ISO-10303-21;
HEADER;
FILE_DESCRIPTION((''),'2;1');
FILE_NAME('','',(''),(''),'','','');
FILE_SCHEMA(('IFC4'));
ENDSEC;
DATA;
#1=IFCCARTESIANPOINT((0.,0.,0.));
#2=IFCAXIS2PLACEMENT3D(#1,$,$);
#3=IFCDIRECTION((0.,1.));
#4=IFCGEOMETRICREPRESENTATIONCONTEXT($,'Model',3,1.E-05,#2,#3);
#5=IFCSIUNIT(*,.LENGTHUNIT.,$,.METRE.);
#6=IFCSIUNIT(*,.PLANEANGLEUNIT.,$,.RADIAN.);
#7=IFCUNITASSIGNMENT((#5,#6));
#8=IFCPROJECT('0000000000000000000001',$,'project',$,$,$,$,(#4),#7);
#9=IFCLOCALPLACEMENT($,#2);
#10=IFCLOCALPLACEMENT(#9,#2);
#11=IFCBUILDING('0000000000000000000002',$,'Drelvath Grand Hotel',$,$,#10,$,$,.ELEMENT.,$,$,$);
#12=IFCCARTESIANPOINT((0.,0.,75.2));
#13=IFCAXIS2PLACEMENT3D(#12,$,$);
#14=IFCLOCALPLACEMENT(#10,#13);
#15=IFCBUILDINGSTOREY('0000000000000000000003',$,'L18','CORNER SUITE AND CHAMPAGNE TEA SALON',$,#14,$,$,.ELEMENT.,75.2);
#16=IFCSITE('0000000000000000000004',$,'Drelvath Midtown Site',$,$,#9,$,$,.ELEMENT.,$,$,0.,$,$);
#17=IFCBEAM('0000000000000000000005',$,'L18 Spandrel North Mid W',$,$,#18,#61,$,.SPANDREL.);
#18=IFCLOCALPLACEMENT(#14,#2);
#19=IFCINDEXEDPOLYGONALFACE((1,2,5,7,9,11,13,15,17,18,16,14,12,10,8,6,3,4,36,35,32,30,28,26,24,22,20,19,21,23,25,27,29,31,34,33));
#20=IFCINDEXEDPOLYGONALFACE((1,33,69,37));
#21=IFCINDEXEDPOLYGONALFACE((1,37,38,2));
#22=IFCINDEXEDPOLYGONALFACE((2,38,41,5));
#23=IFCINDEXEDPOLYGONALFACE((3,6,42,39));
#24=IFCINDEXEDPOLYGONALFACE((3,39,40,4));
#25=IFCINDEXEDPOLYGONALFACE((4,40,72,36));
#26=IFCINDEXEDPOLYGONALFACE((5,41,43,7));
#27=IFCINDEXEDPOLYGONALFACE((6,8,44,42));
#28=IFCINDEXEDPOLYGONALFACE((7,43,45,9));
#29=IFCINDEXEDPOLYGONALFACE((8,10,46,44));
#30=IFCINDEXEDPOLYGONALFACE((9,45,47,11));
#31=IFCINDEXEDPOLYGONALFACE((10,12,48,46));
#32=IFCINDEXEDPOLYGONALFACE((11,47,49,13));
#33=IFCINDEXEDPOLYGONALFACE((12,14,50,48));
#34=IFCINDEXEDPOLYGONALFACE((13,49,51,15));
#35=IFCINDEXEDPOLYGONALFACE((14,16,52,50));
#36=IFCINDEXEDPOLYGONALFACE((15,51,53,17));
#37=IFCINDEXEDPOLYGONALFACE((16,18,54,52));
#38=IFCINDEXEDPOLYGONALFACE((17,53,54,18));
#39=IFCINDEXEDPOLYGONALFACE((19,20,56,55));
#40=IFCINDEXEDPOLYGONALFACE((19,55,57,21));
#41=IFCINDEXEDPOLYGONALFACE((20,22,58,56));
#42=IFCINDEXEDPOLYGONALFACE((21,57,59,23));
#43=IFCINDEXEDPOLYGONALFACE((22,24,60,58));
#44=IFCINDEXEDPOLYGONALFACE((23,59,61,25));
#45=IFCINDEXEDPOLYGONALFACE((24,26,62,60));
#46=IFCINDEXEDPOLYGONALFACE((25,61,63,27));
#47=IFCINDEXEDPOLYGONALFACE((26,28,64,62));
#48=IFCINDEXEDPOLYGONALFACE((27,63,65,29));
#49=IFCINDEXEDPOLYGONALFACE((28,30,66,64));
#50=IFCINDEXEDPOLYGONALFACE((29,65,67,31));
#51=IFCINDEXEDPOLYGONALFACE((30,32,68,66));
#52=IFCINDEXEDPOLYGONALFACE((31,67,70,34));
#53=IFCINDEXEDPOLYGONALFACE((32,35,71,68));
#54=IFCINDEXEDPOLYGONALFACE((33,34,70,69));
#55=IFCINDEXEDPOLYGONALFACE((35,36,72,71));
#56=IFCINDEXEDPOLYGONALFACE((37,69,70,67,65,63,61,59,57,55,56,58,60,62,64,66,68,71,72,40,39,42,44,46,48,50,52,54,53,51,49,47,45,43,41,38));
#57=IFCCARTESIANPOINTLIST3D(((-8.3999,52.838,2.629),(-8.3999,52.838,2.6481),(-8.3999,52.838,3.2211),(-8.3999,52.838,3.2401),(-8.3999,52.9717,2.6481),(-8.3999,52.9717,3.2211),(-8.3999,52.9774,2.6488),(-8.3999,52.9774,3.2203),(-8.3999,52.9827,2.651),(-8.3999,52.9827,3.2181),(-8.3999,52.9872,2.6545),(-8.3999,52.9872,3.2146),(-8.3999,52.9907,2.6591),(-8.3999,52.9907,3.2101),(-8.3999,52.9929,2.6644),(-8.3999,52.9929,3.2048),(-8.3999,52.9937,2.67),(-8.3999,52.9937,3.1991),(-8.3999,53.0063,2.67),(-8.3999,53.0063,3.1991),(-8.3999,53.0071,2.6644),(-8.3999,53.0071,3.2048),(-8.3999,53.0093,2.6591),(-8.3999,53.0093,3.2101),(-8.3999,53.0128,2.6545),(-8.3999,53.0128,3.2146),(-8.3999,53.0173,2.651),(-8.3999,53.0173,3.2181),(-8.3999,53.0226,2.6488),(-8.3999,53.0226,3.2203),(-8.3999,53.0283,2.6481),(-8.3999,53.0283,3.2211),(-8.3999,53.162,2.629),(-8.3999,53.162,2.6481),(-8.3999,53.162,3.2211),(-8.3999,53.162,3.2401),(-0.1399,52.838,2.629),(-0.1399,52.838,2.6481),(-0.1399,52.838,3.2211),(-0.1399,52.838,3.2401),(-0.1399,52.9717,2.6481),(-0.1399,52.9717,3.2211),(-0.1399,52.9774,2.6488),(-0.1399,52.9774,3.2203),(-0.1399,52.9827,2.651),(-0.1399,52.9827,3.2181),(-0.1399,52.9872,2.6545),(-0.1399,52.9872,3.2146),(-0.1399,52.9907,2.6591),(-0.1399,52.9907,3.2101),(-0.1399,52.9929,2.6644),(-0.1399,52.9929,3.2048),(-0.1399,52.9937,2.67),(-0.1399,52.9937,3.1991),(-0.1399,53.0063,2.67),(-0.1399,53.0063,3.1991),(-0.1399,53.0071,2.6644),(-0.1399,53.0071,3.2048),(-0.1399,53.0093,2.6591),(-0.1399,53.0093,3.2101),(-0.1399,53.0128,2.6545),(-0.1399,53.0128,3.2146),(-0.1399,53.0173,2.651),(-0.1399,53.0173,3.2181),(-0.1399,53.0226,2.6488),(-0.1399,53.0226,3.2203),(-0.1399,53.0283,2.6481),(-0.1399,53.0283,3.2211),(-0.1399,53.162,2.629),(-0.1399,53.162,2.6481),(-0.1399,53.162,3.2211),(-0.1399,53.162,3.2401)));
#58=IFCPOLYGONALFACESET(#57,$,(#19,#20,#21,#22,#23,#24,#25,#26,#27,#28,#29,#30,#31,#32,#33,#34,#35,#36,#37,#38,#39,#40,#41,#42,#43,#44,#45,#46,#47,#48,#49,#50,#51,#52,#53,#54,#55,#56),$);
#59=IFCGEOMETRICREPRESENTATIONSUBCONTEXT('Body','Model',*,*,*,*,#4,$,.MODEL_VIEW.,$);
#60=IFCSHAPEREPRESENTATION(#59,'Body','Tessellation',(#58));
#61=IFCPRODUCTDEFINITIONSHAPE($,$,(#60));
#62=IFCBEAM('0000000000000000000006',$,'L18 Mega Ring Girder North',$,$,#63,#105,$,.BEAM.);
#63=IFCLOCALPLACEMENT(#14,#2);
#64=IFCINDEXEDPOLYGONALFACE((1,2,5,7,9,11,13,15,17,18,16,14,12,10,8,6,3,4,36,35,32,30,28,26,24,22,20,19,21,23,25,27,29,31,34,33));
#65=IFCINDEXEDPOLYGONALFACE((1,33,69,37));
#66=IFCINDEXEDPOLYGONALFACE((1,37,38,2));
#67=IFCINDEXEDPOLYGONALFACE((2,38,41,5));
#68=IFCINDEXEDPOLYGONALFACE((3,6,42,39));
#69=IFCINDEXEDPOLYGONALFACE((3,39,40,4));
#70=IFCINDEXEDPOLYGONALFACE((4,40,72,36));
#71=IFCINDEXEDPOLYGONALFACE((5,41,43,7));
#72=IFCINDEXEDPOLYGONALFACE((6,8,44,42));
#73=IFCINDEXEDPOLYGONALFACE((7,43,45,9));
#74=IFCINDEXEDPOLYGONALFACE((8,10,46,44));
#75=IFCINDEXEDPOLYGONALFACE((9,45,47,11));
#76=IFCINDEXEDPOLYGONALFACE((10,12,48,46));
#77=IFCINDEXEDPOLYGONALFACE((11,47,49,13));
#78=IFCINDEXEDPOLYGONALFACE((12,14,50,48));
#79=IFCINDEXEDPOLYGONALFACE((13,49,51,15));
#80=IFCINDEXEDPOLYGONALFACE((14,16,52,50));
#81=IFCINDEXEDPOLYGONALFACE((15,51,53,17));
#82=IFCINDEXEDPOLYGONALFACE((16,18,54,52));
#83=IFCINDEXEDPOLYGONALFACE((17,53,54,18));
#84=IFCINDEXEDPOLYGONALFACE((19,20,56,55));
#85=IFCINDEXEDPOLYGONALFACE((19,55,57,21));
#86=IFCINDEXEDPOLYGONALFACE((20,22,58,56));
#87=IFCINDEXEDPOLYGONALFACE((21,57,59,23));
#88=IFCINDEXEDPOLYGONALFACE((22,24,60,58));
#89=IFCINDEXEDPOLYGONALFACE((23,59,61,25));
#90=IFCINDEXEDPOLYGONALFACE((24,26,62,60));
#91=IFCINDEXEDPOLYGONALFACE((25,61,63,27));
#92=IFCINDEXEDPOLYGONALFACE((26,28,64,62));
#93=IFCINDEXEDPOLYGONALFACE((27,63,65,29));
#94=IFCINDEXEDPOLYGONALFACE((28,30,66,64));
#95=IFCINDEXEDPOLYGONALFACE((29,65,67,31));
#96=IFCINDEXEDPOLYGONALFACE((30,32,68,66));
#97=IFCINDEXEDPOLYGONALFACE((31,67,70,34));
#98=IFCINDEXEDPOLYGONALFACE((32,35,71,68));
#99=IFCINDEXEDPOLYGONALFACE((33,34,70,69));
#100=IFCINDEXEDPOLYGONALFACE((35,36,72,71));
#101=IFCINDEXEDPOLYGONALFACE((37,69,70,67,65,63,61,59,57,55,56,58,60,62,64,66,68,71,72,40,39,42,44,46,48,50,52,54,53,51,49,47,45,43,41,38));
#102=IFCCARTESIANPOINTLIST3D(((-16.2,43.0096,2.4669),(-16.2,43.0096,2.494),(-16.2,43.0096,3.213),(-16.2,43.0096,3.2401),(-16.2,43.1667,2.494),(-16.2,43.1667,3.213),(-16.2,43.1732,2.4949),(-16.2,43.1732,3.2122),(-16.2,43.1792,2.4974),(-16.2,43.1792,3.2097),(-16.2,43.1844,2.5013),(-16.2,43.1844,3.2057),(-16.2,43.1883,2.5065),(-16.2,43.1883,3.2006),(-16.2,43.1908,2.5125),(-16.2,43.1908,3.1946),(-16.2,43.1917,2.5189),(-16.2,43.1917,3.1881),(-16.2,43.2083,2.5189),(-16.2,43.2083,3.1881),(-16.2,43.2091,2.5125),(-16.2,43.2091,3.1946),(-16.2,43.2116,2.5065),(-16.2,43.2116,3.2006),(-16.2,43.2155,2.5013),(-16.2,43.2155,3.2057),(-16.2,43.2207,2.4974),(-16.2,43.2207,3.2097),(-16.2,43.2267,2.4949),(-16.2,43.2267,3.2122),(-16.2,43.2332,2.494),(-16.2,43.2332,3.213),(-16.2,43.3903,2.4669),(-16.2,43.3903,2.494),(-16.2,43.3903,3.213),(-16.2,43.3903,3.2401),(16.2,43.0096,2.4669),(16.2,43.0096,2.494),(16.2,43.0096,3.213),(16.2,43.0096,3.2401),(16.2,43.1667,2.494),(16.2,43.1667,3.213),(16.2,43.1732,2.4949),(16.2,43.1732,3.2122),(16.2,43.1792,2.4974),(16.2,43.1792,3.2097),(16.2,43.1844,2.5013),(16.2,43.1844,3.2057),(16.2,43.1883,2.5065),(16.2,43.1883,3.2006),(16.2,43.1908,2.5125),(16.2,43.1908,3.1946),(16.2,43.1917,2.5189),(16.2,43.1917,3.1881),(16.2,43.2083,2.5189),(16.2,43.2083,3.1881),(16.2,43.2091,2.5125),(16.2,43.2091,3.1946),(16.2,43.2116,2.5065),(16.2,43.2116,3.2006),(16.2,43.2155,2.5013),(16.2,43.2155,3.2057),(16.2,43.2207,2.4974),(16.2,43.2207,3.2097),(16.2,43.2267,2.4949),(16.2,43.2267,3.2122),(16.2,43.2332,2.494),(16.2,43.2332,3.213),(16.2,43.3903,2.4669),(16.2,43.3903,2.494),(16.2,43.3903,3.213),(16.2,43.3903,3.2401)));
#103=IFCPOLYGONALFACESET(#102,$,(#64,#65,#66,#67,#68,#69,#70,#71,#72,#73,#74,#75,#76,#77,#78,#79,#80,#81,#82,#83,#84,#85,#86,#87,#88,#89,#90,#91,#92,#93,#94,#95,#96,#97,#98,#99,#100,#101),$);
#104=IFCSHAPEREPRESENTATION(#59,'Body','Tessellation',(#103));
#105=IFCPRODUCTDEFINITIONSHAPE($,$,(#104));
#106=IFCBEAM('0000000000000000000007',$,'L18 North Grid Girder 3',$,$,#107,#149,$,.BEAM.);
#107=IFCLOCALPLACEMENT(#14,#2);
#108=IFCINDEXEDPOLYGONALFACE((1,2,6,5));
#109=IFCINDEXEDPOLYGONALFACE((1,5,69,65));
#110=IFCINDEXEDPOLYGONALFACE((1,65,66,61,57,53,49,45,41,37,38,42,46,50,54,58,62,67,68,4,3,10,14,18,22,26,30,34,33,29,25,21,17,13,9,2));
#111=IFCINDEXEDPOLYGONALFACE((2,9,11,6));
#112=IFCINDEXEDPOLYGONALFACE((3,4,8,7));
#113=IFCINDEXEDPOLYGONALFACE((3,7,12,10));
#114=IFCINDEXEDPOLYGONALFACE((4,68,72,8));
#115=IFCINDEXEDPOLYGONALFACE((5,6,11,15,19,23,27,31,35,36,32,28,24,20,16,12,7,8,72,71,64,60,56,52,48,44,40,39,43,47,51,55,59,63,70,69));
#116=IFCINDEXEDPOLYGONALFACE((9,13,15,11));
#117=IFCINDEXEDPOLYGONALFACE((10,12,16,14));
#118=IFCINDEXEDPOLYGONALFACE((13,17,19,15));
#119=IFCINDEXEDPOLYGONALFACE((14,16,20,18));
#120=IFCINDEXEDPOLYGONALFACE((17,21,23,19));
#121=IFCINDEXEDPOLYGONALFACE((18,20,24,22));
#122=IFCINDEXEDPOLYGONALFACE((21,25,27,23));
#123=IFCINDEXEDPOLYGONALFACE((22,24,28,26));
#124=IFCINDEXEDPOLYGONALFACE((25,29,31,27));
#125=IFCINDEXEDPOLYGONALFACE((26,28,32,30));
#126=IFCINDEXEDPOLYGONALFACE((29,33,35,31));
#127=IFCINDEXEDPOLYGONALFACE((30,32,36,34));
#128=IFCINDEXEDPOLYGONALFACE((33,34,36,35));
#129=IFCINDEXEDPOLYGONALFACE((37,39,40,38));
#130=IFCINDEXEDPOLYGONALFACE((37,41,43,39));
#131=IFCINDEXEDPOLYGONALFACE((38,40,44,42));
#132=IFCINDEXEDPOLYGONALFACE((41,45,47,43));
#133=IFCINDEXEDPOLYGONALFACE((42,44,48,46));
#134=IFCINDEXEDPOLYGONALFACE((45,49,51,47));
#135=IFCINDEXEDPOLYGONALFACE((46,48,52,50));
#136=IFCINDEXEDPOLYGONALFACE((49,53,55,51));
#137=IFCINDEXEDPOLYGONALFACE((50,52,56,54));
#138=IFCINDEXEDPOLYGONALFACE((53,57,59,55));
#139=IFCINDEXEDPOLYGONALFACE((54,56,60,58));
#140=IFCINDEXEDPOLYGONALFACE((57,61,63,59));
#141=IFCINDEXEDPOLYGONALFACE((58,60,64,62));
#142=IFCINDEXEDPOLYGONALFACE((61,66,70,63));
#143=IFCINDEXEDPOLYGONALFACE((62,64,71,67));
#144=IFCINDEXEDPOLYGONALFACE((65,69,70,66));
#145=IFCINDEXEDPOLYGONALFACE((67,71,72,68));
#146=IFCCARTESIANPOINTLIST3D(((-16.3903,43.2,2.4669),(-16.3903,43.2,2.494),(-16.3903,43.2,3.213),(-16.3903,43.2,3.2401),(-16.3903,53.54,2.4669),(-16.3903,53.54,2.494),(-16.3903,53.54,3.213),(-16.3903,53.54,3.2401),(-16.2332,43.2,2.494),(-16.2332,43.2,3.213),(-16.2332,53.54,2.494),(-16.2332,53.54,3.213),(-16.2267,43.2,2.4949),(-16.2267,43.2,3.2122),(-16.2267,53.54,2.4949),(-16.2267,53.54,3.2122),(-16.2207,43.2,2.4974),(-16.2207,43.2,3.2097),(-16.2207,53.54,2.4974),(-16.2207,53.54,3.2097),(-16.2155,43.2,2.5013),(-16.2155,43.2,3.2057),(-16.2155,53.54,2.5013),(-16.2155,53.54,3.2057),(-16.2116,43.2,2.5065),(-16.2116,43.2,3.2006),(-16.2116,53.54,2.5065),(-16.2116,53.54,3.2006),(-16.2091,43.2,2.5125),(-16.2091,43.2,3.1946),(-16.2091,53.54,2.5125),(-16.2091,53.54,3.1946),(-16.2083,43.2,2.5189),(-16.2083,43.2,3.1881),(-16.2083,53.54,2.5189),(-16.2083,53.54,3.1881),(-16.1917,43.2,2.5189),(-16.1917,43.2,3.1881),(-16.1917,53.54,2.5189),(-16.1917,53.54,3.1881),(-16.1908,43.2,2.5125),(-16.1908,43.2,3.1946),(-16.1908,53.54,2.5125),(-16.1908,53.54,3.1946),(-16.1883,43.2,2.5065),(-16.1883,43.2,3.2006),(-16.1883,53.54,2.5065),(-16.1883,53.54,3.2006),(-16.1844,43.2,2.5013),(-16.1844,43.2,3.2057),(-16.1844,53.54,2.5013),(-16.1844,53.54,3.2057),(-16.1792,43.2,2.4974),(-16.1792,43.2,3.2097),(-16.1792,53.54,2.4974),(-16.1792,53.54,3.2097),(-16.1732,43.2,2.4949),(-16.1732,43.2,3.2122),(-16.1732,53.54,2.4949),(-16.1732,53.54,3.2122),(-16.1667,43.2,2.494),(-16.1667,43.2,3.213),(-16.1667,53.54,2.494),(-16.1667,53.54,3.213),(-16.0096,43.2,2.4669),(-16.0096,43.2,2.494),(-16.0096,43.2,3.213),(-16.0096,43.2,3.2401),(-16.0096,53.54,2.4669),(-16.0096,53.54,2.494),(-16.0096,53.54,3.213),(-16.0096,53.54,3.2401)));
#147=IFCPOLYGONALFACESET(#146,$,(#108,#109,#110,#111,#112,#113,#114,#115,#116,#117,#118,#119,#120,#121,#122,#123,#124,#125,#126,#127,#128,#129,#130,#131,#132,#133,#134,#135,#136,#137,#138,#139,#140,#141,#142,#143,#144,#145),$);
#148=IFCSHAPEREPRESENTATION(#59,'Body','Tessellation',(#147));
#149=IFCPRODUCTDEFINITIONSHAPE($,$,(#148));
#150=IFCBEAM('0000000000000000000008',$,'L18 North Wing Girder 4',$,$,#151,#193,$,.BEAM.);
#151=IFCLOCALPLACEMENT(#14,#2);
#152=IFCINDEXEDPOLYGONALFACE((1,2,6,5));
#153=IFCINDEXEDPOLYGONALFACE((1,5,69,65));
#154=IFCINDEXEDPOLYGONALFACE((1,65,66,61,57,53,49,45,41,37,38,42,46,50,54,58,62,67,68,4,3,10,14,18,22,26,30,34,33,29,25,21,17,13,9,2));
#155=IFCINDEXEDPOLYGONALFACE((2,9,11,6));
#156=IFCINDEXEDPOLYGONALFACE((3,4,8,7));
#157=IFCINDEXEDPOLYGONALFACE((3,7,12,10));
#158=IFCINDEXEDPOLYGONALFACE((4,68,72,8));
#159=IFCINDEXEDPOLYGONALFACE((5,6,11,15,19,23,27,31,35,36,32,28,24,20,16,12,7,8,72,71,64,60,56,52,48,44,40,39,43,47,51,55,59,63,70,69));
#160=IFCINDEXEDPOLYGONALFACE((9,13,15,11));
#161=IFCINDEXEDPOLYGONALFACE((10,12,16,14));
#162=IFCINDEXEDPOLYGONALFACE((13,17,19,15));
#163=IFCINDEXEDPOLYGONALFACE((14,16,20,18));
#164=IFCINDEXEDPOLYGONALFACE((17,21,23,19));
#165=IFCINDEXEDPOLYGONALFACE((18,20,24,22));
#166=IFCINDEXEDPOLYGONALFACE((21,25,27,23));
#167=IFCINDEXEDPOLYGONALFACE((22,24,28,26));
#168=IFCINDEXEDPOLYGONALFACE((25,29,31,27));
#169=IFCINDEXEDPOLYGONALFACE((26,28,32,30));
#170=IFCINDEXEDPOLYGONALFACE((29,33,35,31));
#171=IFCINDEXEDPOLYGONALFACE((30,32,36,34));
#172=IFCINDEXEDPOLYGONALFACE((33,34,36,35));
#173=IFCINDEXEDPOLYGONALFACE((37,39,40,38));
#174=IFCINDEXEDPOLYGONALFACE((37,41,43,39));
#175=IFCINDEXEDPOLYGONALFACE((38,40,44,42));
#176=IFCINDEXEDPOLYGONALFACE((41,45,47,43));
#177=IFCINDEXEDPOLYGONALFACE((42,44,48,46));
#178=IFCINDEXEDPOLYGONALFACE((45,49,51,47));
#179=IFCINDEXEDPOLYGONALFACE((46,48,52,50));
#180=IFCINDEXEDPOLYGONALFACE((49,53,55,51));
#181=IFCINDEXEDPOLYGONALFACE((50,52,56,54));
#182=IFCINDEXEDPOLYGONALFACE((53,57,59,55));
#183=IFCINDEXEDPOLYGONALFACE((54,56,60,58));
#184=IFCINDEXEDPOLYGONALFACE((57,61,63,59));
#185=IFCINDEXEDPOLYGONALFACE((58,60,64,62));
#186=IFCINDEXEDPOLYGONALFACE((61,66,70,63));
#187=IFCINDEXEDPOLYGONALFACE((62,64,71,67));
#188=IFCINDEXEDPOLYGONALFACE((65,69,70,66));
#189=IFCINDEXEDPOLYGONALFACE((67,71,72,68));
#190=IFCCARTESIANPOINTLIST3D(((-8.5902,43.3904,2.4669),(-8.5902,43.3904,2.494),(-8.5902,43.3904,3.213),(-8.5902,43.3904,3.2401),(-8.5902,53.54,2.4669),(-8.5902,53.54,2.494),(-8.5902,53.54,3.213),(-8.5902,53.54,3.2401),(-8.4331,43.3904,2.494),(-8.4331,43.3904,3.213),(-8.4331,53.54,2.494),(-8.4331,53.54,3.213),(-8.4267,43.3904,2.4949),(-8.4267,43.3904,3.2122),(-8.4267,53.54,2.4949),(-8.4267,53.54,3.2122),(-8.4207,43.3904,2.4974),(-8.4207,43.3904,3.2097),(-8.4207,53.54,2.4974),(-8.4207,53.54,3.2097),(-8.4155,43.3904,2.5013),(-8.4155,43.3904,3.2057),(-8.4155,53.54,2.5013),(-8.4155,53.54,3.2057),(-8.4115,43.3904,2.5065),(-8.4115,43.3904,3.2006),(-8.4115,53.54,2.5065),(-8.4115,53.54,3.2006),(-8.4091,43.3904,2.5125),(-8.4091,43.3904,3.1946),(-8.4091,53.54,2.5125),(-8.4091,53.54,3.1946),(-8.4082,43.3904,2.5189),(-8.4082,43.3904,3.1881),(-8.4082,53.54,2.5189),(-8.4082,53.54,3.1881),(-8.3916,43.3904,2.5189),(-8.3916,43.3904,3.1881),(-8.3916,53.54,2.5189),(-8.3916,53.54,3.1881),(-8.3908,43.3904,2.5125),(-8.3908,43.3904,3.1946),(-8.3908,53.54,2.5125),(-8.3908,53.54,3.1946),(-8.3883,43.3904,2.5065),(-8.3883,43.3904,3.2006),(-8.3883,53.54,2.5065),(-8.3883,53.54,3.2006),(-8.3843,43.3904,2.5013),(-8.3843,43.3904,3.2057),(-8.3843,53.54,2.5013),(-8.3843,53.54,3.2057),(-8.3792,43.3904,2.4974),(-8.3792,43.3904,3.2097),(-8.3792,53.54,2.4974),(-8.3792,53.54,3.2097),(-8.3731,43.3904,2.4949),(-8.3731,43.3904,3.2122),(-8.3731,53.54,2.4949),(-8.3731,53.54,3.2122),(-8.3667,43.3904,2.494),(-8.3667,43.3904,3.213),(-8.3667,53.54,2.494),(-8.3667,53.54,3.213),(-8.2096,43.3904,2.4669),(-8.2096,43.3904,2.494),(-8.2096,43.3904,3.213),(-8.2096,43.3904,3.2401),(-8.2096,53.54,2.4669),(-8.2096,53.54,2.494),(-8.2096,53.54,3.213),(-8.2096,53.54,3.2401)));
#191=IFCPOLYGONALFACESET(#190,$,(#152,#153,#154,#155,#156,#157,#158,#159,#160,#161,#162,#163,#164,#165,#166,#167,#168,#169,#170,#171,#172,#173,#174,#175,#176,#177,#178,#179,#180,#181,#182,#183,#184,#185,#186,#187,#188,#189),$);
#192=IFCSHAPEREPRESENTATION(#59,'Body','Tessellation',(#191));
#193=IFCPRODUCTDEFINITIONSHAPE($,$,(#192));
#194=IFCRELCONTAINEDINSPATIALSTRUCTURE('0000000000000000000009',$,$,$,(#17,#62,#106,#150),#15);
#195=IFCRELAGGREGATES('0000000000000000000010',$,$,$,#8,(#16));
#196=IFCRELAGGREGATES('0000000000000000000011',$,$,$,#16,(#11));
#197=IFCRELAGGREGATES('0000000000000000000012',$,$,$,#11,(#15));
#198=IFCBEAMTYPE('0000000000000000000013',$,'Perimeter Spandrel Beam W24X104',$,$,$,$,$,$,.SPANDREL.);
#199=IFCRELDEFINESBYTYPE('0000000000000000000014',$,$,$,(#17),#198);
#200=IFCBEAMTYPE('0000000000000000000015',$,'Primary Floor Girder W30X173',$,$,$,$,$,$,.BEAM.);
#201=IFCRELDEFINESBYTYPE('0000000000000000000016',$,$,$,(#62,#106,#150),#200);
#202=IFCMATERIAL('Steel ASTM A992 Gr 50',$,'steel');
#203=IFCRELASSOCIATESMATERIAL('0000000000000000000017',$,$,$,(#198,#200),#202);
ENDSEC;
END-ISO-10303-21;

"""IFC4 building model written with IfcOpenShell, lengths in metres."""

from ifc_helpers import new_model, si_unit, direction, frame, origin, origin_2d, place, context, subcontext, project, spatial, i_section, extrude, material, material_profile, profile_set, type_object, element, save


model = new_model("IFC4")

# Units and contexts
model_context = context("Model", 3, precision=1e-05, world=origin(), true_north=direction((0.0, 1.0)))
body_context = subcontext(model_context, "Body", "Model", "MODEL_VIEW")
ifc_project = project(units=[si_unit("LENGTHUNIT", "METRE"), si_unit("PLANEANGLEUNIT", "RADIAN")], contexts=[model_context])

# Site, building, storey
site_placement = place(None, origin())
site = spatial("IfcSite", under=ifc_project, at=site_placement, Name="Drelvath Midtown Site", CompositionType="ELEMENT", RefElevation=0.0)
building_placement = place(site_placement, origin())
building = spatial("IfcBuilding", under=site, at=building_placement, Name="Drelvath Grand Hotel", CompositionType="ELEMENT")
storey_placement = place(building_placement, frame((0.0, 0.0, 75.2)))
storey = spatial("IfcBuildingStorey", under=building, at=storey_placement, Name="L18", Description="CORNER SUITE AND CHAMPAGNE TEA SALON", CompositionType="ELEMENT", Elevation=75.2)

# Beams
ifc_material_1 = material(Name="Steel ASTM A992 Gr 50", Category="steel")
ifc_material_profile_1 = material_profile(ifc_material_1, i_section(OverallWidth=0.324, OverallDepth=0.6111, WebThickness=0.0127, FlangeThickness=0.019, FilletRadius=0.022, at=origin_2d()), Name="W24X104")
ifc_profile_set_1 = profile_set([ifc_material_profile_1], Name="Steel ASTM A992 Gr 50")
beam_type_1 = type_object("IfcBeamType", Name="Perimeter Spandrel Beam W24X104", PredefinedType="SPANDREL", material=ifc_profile_set_1)
beam_1_placement = place(storey_placement, frame((-8.3999, 53.0, 2.9346), z_axis=(1.0, 0.0, 0.0), x_axis=(0.0, 1.0, 0.0)))
element("IfcBeam", 1, at=beam_1_placement, inside=storey, type_object=beam_type_1, Name="L18 Spandrel North Mid W", PredefinedType="SPANDREL", context=body_context, shape_type="SweptSolid", body=[
    extrude(i_section(OverallWidth=0.324, OverallDepth=0.6111, WebThickness=0.0127, FlangeThickness=0.019, FilletRadius=0.022, at=origin_2d()), origin(), (0.0, 0.0, 1.0), 8.26),
])
ifc_material_profile_2 = material_profile(ifc_material_1, i_section(OverallWidth=0.3806, OverallDepth=0.7732, WebThickness=0.0166, FlangeThickness=0.0271, FilletRadius=0.0249, at=origin_2d()), Name="W30X173")
ifc_profile_set_2 = profile_set([ifc_material_profile_2], Name="Steel ASTM A992 Gr 50")
beam_type_2 = type_object("IfcBeamType", Name="Primary Floor Girder W30X173", PredefinedType="BEAM", material=ifc_profile_set_2)
beam_2_placement = place(storey_placement, frame((-16.2, 43.2, 2.8535), z_axis=(1.0, 0.0, 0.0), x_axis=(0.0, 1.0, 0.0)))
element("IfcBeam", 2, at=beam_2_placement, inside=storey, type_object=beam_type_2, Name="L18 Mega Ring Girder North", PredefinedType="BEAM", context=body_context, shape_type="SweptSolid", body=[
    extrude(i_section(OverallWidth=0.3806, OverallDepth=0.7732, WebThickness=0.0166, FlangeThickness=0.0271, FilletRadius=0.0249, at=origin_2d()), origin(), (0.0, 0.0, 1.0), 32.3999),
])
beam_3_placement = place(storey_placement, frame((-16.2, 43.2, 2.8535), z_axis=(0.0, 1.0, 0.0), x_axis=(-1.0, 0.0, 0.0)))
element("IfcBeam", 3, at=beam_3_placement, inside=storey, type_object=beam_type_2, Name="L18 North Grid Girder 3", PredefinedType="BEAM", context=body_context, shape_type="SweptSolid", body=[
    extrude(i_section(OverallWidth=0.3806, OverallDepth=0.7732, WebThickness=0.0166, FlangeThickness=0.0271, FilletRadius=0.0249, at=origin_2d()), origin(), (0.0, 0.0, 1.0), 10.3401),
])
beam_4_placement = place(storey_placement, frame((-8.3999, 43.3904, 2.8535), z_axis=(0.0, 1.0, 0.0), x_axis=(-1.0, 0.0, 0.0)))
element("IfcBeam", 4, at=beam_4_placement, inside=storey, type_object=beam_type_2, Name="L18 North Wing Girder 4", PredefinedType="BEAM", context=body_context, shape_type="SweptSolid", body=[
    extrude(i_section(OverallWidth=0.3806, OverallDepth=0.7732, WebThickness=0.0166, FlangeThickness=0.0271, FilletRadius=0.0249, at=origin_2d()), origin(), (0.0, 0.0, 1.0), 10.1497),
])

save(model, "model.ifc")
